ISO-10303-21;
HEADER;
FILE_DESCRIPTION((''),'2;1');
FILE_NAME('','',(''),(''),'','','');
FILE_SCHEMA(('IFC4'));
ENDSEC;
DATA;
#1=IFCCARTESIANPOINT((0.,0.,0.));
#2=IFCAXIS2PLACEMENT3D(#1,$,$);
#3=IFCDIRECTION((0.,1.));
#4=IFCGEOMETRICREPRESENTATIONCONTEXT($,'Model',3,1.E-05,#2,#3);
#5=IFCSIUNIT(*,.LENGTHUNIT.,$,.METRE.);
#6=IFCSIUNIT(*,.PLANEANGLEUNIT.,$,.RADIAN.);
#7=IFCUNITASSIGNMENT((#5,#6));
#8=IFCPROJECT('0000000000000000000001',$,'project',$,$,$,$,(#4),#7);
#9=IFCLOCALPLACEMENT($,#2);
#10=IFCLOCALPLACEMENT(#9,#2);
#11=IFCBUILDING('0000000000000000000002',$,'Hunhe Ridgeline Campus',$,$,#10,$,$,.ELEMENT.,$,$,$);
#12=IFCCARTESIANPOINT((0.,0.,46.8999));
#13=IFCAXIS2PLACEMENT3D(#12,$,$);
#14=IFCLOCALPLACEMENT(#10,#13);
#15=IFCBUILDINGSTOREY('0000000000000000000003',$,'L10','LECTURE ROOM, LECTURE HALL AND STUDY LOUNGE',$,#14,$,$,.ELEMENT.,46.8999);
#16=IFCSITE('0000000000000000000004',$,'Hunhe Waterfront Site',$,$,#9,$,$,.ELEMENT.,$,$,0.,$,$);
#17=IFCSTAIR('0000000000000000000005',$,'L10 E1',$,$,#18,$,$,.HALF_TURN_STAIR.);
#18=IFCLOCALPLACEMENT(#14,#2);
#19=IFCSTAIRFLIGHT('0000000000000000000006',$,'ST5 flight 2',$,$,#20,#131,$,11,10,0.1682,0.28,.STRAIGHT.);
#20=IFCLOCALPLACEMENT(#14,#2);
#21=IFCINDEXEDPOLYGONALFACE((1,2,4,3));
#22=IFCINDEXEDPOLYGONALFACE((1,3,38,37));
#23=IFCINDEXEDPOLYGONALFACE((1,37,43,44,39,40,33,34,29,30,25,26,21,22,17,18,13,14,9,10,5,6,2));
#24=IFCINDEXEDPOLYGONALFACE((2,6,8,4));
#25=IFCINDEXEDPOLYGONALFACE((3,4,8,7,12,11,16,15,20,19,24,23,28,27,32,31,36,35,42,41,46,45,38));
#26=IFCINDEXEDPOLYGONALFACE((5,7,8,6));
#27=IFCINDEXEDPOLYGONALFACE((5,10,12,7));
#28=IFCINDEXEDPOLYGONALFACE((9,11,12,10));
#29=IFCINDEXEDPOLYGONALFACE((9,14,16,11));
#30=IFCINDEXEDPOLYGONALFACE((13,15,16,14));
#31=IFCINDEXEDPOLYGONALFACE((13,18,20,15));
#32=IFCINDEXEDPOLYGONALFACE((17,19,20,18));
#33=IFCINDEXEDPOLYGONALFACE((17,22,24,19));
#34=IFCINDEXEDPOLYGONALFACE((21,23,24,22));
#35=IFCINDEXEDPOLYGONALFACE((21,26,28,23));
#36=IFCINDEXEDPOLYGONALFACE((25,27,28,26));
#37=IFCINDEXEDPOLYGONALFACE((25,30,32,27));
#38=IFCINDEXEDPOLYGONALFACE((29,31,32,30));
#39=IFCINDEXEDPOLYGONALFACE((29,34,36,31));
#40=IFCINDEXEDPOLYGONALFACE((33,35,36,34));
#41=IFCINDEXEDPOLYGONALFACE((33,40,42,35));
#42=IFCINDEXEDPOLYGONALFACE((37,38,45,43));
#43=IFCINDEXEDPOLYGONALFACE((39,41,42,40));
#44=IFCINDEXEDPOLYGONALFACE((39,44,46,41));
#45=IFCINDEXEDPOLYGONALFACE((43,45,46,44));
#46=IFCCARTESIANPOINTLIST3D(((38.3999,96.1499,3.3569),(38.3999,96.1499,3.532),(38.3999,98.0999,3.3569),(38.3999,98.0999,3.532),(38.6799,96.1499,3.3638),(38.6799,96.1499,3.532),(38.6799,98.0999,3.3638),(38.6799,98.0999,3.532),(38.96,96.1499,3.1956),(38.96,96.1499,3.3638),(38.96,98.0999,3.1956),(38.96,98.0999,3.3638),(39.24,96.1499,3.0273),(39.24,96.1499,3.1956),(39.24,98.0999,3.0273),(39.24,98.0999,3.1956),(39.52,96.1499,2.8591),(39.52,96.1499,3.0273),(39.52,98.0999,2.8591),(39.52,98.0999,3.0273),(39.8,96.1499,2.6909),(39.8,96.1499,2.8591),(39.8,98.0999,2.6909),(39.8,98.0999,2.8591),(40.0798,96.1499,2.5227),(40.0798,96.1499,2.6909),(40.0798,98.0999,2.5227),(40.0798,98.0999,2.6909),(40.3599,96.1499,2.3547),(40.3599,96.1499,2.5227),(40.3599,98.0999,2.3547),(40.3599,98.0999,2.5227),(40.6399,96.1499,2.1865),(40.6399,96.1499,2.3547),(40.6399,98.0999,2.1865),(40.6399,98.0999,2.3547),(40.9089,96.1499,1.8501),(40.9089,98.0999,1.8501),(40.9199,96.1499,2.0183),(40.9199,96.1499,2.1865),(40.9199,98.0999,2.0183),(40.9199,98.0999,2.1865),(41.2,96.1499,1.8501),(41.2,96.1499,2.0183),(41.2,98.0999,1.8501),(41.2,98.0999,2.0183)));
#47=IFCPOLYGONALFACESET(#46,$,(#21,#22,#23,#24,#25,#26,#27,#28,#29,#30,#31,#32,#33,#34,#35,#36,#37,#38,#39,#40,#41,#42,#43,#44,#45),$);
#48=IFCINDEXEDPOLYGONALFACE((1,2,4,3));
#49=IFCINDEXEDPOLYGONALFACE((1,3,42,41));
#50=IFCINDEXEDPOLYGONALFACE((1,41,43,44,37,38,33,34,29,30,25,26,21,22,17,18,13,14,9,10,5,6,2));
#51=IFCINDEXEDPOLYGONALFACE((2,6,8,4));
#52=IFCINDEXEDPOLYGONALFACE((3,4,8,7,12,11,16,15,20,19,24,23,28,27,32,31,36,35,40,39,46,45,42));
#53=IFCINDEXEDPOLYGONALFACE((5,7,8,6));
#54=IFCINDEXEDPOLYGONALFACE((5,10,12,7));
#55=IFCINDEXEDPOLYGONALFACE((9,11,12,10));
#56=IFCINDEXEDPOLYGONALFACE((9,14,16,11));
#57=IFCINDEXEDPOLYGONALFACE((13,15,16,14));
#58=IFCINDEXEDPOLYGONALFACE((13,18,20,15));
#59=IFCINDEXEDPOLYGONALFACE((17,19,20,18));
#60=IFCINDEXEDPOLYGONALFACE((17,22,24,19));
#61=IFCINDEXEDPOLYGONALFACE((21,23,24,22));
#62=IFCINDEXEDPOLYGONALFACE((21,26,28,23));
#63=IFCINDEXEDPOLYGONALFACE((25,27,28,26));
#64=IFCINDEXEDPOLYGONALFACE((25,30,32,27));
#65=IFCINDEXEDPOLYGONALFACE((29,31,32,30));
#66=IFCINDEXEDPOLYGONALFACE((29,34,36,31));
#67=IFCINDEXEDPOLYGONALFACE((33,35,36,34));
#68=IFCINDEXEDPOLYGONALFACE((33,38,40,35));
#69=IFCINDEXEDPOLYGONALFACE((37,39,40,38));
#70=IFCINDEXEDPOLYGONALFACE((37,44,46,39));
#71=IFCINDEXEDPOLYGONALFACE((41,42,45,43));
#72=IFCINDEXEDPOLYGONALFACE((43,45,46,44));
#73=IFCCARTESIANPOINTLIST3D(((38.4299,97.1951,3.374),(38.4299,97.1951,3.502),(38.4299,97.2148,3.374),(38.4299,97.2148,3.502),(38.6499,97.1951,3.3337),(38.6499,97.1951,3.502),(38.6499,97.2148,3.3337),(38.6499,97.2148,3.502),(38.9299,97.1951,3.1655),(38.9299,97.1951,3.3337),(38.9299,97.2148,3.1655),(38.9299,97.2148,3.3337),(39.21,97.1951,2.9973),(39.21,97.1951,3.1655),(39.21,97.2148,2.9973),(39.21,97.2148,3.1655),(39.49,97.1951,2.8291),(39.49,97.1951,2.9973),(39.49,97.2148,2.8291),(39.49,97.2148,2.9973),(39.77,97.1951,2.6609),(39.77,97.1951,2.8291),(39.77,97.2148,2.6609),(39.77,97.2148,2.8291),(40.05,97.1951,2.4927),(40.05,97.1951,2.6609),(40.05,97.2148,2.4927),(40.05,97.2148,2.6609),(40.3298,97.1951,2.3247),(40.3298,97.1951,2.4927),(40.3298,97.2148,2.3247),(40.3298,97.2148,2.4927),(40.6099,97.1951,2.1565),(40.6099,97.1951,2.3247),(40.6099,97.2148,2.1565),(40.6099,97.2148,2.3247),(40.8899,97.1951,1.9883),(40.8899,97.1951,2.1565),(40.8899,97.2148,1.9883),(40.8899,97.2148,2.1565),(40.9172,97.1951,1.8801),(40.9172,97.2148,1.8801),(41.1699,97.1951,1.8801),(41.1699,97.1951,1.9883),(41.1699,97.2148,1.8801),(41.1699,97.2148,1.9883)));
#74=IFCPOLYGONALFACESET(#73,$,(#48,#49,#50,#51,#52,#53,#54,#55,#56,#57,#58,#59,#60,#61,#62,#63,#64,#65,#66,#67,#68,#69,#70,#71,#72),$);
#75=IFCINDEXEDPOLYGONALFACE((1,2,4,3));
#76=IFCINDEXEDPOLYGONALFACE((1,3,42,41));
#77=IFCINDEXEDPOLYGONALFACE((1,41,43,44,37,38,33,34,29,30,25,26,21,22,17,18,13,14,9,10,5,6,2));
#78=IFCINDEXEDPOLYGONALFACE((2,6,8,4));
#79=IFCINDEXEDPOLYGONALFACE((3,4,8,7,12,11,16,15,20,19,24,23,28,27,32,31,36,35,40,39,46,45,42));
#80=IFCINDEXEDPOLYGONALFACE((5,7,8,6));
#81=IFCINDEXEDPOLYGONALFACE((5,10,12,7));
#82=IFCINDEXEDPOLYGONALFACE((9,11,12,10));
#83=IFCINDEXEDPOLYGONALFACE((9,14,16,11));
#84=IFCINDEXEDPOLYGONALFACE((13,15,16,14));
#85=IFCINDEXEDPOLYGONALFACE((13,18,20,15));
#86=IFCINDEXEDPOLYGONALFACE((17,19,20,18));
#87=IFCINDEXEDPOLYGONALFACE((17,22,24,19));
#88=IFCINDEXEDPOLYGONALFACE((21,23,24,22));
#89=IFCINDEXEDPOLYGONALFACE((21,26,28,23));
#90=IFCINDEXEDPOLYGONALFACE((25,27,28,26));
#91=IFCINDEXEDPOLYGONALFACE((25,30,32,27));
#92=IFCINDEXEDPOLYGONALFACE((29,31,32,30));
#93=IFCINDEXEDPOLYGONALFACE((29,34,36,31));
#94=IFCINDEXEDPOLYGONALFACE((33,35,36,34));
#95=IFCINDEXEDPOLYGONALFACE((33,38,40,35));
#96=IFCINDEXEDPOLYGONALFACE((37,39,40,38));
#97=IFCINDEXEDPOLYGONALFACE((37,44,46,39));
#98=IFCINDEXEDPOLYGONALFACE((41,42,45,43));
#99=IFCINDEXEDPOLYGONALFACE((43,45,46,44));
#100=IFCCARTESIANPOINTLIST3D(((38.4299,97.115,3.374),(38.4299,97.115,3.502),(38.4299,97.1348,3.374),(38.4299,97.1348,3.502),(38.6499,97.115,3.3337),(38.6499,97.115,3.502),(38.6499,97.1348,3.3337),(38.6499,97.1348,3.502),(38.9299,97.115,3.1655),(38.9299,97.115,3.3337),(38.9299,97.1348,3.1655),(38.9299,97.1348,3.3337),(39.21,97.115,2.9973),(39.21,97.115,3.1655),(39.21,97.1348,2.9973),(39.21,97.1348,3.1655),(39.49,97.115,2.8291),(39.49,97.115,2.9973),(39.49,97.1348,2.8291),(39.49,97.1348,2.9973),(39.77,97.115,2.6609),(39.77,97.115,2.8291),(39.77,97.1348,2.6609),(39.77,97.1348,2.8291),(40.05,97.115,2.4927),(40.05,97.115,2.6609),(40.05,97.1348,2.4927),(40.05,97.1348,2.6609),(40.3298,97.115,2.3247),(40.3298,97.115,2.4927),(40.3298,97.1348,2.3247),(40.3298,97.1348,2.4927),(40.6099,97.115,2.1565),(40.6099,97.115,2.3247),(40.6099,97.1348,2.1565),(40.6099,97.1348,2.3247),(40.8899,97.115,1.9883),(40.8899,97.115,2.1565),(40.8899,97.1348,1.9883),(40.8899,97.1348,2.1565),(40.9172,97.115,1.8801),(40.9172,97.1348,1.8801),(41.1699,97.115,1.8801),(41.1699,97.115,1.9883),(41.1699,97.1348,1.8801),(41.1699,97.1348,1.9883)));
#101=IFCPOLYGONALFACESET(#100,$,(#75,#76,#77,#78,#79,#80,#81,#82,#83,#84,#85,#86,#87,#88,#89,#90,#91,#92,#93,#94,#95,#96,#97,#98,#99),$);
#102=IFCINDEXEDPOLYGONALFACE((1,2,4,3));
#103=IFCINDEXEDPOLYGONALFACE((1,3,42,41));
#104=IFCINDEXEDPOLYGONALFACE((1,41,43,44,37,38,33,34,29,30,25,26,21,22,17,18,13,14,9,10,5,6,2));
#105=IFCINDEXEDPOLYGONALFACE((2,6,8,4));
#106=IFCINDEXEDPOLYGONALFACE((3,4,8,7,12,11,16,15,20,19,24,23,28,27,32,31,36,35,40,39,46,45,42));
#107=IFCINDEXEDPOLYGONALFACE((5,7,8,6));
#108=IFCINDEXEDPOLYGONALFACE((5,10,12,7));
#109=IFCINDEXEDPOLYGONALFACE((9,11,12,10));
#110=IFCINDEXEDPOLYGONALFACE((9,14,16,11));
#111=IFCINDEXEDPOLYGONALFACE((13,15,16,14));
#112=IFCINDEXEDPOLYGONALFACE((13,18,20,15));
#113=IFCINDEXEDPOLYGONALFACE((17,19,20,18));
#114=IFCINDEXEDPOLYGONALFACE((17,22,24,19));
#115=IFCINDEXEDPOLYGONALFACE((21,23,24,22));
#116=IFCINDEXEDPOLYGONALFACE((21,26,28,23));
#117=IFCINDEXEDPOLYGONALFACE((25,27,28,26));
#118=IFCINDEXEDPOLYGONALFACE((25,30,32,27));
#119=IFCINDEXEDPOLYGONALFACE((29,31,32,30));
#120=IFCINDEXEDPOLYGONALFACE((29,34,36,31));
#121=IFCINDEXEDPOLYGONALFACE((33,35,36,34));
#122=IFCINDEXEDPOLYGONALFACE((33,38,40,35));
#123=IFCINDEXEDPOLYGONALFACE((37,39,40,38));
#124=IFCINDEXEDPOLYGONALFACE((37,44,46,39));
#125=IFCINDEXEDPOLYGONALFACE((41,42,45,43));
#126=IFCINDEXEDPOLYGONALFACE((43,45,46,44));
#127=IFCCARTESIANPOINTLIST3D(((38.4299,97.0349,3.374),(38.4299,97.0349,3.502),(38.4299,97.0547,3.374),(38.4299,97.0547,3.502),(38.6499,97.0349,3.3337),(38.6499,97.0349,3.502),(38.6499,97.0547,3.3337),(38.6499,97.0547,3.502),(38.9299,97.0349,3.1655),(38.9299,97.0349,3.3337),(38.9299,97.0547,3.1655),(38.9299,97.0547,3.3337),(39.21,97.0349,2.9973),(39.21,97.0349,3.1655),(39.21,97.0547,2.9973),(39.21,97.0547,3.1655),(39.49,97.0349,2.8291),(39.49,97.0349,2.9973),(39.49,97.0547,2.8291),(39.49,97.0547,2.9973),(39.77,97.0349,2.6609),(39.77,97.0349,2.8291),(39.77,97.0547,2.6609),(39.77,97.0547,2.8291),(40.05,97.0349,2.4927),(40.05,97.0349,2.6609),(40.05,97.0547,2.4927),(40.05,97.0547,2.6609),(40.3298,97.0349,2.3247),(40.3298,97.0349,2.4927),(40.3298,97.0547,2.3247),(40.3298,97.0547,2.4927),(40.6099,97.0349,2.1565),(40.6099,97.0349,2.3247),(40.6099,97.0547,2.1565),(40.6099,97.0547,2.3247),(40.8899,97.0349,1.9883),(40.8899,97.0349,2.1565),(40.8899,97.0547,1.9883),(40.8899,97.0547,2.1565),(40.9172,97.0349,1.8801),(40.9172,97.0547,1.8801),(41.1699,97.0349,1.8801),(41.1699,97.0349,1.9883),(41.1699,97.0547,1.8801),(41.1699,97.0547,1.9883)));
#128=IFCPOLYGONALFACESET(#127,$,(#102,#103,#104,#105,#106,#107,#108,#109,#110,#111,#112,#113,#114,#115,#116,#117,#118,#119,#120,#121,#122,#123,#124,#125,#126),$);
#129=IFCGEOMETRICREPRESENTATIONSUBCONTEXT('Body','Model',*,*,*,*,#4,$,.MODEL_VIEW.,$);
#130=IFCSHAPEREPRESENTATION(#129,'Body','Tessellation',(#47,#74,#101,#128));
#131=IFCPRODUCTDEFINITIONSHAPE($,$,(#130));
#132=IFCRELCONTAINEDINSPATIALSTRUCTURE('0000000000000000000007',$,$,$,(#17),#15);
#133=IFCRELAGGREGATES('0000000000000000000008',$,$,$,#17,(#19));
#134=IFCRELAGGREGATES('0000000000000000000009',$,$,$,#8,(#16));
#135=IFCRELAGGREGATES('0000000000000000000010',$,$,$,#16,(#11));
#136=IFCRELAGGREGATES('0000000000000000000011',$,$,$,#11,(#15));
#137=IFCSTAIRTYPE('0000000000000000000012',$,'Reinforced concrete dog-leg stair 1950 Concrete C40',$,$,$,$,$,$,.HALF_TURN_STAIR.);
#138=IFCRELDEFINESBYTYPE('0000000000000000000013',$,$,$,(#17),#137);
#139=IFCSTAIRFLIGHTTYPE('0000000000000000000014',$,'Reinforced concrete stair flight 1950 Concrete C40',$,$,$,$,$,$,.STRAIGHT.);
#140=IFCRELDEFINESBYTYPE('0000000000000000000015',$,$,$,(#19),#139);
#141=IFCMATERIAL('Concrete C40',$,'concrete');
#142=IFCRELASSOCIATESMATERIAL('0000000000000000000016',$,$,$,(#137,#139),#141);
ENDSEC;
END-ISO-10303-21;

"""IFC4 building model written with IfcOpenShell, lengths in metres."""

from ifc_helpers import new_model, si_unit, direction, frame, origin, place, context, subcontext, project, spatial, polyline, outline, extrude, material, type_object, element, aggregate, save


model = new_model("IFC4")

# Units and contexts
model_context = context("Model", 3, precision=1e-05, world=origin(), true_north=direction((0.0, 1.0)))
body_context = subcontext(model_context, "Body", "Model", "MODEL_VIEW")
ifc_project = project(units=[si_unit("LENGTHUNIT", "METRE"), si_unit("PLANEANGLEUNIT", "RADIAN")], contexts=[model_context])

# Site, building, storey
site_placement = place(None, origin())
site = spatial("IfcSite", under=ifc_project, at=site_placement, Name="Hunhe Waterfront Site", CompositionType="ELEMENT", RefElevation=0.0)
building_placement = place(site_placement, origin())
building = spatial("IfcBuilding", under=site, at=building_placement, Name="Hunhe Ridgeline Campus", CompositionType="ELEMENT")
storey_placement = place(building_placement, frame((0.0, 0.0, 46.8999)))
storey = spatial("IfcBuildingStorey", under=building, at=storey_placement, Name="L10", Description="LECTURE ROOM, LECTURE HALL AND STUDY LOUNGE", CompositionType="ELEMENT", Elevation=46.8999)

# Stair, stair flight
ifc_material_1 = material(Name="Concrete C40", Category="concrete")
stair_type = type_object("IfcStairType", Name="Reinforced concrete dog-leg stair 1950 Concrete C40", PredefinedType="HALF_TURN_STAIR", material=ifc_material_1)
stair_1_placement = place(storey_placement, origin())
stair_1 = element("IfcStair", 1, at=stair_1_placement, inside=storey, type_object=stair_type, Name="L10 E1", PredefinedType="HALF_TURN_STAIR")
stair_flight_type = type_object("IfcStairFlightType", Name="Reinforced concrete stair flight 1950 Concrete C40", PredefinedType="STRAIGHT", material=ifc_material_1)
stair_flight_1_placement = place(storey_placement, frame((41.2, 97.125, 1.8501), z_axis=(0.0, 0.0, 1.0), x_axis=(-1.0, 0.0, 0.0)))
stair_flight_1 = element("IfcStairFlight", 2, at=stair_flight_1_placement, type_object=stair_flight_type, Name="ST5 flight 2", NumberOfRisers=11, NumberOfTreads=10, PredefinedType="STRAIGHT", RiserHeight=0.1682, TreadLength=0.28, context=body_context, shape_type="SweptSolid", body=[
    extrude(outline(polyline([(0.0, 0.0), (0.0, 0.1682), (0.28, 0.1682), (0.28, 0.3364), (0.5601, 0.3364), (0.5601, 0.5046), (0.8401, 0.5046), (0.8401, 0.6726), (1.1201, 0.6726), (1.1201, 0.8408), (1.3999, 0.8408), (1.3999, 1.009), (1.6799, 1.009), (1.6799, 1.1772), (1.96, 1.1772), (1.96, 1.3455), (2.24, 1.3455), (2.24, 1.5137), (2.52, 1.5137), (2.52, 1.6819), (2.8, 1.6819), (2.8, 1.8501), (2.8, 1.5068), (0.291, 0.0), (0.0, 0.0)])), frame((0.0, 0.9751, 0.0), z_axis=(0.0, -1.0, 0.0), x_axis=(1.0, 0.0, 0.0)), (0.0, 0.0, 1.0), 1.95),
    extrude(outline(polyline([(0.03, 0.03), (0.03, 0.1382), (0.3101, 0.1382), (0.3101, 0.3064), (0.5901, 0.3064), (0.5901, 0.4746), (0.8701, 0.4746), (0.8701, 0.6426), (1.1499, 0.6426), (1.1499, 0.8108), (1.4299, 0.8108), (1.4299, 0.979), (1.71, 0.979), (1.71, 1.1472), (1.99, 1.1472), (1.99, 1.3154), (2.27, 1.3154), (2.27, 1.4836), (2.55, 1.4836), (2.55, 1.6519), (2.77, 1.6519), (2.77, 1.5239), (0.2827, 0.03), (0.03, 0.03)])), frame((0.0, -0.0701, 0.0), z_axis=(0.0, -1.0, 0.0), x_axis=(1.0, 0.0, 0.0)), (0.0, 0.0, 1.0), 0.0198),
    extrude(outline(polyline([(0.03, 0.03), (0.03, 0.1382), (0.3101, 0.1382), (0.3101, 0.3064), (0.5901, 0.3064), (0.5901, 0.4746), (0.8701, 0.4746), (0.8701, 0.6426), (1.1499, 0.6426), (1.1499, 0.8108), (1.4299, 0.8108), (1.4299, 0.979), (1.71, 0.979), (1.71, 1.1472), (1.99, 1.1472), (1.99, 1.3154), (2.27, 1.3154), (2.27, 1.4836), (2.55, 1.4836), (2.55, 1.6519), (2.77, 1.6519), (2.77, 1.5239), (0.2827, 0.03), (0.03, 0.03)])), frame((0.0, 0.01, 0.0), z_axis=(0.0, -1.0, 0.0), x_axis=(1.0, 0.0, 0.0)), (0.0, 0.0, 1.0), 0.0198),
    extrude(outline(polyline([(0.03, 0.03), (0.03, 0.1382), (0.3101, 0.1382), (0.3101, 0.3064), (0.5901, 0.3064), (0.5901, 0.4746), (0.8701, 0.4746), (0.8701, 0.6426), (1.1499, 0.6426), (1.1499, 0.8108), (1.4299, 0.8108), (1.4299, 0.979), (1.71, 0.979), (1.71, 1.1472), (1.99, 1.1472), (1.99, 1.3154), (2.27, 1.3154), (2.27, 1.4836), (2.55, 1.4836), (2.55, 1.6519), (2.77, 1.6519), (2.77, 1.5239), (0.2827, 0.03), (0.03, 0.03)])), frame((0.0, 0.0901, 0.0), z_axis=(0.0, -1.0, 0.0), x_axis=(1.0, 0.0, 0.0)), (0.0, 0.0, 1.0), 0.0198),
])
aggregate(stair_1, [stair_flight_1])

save(model, "model.ifc")
